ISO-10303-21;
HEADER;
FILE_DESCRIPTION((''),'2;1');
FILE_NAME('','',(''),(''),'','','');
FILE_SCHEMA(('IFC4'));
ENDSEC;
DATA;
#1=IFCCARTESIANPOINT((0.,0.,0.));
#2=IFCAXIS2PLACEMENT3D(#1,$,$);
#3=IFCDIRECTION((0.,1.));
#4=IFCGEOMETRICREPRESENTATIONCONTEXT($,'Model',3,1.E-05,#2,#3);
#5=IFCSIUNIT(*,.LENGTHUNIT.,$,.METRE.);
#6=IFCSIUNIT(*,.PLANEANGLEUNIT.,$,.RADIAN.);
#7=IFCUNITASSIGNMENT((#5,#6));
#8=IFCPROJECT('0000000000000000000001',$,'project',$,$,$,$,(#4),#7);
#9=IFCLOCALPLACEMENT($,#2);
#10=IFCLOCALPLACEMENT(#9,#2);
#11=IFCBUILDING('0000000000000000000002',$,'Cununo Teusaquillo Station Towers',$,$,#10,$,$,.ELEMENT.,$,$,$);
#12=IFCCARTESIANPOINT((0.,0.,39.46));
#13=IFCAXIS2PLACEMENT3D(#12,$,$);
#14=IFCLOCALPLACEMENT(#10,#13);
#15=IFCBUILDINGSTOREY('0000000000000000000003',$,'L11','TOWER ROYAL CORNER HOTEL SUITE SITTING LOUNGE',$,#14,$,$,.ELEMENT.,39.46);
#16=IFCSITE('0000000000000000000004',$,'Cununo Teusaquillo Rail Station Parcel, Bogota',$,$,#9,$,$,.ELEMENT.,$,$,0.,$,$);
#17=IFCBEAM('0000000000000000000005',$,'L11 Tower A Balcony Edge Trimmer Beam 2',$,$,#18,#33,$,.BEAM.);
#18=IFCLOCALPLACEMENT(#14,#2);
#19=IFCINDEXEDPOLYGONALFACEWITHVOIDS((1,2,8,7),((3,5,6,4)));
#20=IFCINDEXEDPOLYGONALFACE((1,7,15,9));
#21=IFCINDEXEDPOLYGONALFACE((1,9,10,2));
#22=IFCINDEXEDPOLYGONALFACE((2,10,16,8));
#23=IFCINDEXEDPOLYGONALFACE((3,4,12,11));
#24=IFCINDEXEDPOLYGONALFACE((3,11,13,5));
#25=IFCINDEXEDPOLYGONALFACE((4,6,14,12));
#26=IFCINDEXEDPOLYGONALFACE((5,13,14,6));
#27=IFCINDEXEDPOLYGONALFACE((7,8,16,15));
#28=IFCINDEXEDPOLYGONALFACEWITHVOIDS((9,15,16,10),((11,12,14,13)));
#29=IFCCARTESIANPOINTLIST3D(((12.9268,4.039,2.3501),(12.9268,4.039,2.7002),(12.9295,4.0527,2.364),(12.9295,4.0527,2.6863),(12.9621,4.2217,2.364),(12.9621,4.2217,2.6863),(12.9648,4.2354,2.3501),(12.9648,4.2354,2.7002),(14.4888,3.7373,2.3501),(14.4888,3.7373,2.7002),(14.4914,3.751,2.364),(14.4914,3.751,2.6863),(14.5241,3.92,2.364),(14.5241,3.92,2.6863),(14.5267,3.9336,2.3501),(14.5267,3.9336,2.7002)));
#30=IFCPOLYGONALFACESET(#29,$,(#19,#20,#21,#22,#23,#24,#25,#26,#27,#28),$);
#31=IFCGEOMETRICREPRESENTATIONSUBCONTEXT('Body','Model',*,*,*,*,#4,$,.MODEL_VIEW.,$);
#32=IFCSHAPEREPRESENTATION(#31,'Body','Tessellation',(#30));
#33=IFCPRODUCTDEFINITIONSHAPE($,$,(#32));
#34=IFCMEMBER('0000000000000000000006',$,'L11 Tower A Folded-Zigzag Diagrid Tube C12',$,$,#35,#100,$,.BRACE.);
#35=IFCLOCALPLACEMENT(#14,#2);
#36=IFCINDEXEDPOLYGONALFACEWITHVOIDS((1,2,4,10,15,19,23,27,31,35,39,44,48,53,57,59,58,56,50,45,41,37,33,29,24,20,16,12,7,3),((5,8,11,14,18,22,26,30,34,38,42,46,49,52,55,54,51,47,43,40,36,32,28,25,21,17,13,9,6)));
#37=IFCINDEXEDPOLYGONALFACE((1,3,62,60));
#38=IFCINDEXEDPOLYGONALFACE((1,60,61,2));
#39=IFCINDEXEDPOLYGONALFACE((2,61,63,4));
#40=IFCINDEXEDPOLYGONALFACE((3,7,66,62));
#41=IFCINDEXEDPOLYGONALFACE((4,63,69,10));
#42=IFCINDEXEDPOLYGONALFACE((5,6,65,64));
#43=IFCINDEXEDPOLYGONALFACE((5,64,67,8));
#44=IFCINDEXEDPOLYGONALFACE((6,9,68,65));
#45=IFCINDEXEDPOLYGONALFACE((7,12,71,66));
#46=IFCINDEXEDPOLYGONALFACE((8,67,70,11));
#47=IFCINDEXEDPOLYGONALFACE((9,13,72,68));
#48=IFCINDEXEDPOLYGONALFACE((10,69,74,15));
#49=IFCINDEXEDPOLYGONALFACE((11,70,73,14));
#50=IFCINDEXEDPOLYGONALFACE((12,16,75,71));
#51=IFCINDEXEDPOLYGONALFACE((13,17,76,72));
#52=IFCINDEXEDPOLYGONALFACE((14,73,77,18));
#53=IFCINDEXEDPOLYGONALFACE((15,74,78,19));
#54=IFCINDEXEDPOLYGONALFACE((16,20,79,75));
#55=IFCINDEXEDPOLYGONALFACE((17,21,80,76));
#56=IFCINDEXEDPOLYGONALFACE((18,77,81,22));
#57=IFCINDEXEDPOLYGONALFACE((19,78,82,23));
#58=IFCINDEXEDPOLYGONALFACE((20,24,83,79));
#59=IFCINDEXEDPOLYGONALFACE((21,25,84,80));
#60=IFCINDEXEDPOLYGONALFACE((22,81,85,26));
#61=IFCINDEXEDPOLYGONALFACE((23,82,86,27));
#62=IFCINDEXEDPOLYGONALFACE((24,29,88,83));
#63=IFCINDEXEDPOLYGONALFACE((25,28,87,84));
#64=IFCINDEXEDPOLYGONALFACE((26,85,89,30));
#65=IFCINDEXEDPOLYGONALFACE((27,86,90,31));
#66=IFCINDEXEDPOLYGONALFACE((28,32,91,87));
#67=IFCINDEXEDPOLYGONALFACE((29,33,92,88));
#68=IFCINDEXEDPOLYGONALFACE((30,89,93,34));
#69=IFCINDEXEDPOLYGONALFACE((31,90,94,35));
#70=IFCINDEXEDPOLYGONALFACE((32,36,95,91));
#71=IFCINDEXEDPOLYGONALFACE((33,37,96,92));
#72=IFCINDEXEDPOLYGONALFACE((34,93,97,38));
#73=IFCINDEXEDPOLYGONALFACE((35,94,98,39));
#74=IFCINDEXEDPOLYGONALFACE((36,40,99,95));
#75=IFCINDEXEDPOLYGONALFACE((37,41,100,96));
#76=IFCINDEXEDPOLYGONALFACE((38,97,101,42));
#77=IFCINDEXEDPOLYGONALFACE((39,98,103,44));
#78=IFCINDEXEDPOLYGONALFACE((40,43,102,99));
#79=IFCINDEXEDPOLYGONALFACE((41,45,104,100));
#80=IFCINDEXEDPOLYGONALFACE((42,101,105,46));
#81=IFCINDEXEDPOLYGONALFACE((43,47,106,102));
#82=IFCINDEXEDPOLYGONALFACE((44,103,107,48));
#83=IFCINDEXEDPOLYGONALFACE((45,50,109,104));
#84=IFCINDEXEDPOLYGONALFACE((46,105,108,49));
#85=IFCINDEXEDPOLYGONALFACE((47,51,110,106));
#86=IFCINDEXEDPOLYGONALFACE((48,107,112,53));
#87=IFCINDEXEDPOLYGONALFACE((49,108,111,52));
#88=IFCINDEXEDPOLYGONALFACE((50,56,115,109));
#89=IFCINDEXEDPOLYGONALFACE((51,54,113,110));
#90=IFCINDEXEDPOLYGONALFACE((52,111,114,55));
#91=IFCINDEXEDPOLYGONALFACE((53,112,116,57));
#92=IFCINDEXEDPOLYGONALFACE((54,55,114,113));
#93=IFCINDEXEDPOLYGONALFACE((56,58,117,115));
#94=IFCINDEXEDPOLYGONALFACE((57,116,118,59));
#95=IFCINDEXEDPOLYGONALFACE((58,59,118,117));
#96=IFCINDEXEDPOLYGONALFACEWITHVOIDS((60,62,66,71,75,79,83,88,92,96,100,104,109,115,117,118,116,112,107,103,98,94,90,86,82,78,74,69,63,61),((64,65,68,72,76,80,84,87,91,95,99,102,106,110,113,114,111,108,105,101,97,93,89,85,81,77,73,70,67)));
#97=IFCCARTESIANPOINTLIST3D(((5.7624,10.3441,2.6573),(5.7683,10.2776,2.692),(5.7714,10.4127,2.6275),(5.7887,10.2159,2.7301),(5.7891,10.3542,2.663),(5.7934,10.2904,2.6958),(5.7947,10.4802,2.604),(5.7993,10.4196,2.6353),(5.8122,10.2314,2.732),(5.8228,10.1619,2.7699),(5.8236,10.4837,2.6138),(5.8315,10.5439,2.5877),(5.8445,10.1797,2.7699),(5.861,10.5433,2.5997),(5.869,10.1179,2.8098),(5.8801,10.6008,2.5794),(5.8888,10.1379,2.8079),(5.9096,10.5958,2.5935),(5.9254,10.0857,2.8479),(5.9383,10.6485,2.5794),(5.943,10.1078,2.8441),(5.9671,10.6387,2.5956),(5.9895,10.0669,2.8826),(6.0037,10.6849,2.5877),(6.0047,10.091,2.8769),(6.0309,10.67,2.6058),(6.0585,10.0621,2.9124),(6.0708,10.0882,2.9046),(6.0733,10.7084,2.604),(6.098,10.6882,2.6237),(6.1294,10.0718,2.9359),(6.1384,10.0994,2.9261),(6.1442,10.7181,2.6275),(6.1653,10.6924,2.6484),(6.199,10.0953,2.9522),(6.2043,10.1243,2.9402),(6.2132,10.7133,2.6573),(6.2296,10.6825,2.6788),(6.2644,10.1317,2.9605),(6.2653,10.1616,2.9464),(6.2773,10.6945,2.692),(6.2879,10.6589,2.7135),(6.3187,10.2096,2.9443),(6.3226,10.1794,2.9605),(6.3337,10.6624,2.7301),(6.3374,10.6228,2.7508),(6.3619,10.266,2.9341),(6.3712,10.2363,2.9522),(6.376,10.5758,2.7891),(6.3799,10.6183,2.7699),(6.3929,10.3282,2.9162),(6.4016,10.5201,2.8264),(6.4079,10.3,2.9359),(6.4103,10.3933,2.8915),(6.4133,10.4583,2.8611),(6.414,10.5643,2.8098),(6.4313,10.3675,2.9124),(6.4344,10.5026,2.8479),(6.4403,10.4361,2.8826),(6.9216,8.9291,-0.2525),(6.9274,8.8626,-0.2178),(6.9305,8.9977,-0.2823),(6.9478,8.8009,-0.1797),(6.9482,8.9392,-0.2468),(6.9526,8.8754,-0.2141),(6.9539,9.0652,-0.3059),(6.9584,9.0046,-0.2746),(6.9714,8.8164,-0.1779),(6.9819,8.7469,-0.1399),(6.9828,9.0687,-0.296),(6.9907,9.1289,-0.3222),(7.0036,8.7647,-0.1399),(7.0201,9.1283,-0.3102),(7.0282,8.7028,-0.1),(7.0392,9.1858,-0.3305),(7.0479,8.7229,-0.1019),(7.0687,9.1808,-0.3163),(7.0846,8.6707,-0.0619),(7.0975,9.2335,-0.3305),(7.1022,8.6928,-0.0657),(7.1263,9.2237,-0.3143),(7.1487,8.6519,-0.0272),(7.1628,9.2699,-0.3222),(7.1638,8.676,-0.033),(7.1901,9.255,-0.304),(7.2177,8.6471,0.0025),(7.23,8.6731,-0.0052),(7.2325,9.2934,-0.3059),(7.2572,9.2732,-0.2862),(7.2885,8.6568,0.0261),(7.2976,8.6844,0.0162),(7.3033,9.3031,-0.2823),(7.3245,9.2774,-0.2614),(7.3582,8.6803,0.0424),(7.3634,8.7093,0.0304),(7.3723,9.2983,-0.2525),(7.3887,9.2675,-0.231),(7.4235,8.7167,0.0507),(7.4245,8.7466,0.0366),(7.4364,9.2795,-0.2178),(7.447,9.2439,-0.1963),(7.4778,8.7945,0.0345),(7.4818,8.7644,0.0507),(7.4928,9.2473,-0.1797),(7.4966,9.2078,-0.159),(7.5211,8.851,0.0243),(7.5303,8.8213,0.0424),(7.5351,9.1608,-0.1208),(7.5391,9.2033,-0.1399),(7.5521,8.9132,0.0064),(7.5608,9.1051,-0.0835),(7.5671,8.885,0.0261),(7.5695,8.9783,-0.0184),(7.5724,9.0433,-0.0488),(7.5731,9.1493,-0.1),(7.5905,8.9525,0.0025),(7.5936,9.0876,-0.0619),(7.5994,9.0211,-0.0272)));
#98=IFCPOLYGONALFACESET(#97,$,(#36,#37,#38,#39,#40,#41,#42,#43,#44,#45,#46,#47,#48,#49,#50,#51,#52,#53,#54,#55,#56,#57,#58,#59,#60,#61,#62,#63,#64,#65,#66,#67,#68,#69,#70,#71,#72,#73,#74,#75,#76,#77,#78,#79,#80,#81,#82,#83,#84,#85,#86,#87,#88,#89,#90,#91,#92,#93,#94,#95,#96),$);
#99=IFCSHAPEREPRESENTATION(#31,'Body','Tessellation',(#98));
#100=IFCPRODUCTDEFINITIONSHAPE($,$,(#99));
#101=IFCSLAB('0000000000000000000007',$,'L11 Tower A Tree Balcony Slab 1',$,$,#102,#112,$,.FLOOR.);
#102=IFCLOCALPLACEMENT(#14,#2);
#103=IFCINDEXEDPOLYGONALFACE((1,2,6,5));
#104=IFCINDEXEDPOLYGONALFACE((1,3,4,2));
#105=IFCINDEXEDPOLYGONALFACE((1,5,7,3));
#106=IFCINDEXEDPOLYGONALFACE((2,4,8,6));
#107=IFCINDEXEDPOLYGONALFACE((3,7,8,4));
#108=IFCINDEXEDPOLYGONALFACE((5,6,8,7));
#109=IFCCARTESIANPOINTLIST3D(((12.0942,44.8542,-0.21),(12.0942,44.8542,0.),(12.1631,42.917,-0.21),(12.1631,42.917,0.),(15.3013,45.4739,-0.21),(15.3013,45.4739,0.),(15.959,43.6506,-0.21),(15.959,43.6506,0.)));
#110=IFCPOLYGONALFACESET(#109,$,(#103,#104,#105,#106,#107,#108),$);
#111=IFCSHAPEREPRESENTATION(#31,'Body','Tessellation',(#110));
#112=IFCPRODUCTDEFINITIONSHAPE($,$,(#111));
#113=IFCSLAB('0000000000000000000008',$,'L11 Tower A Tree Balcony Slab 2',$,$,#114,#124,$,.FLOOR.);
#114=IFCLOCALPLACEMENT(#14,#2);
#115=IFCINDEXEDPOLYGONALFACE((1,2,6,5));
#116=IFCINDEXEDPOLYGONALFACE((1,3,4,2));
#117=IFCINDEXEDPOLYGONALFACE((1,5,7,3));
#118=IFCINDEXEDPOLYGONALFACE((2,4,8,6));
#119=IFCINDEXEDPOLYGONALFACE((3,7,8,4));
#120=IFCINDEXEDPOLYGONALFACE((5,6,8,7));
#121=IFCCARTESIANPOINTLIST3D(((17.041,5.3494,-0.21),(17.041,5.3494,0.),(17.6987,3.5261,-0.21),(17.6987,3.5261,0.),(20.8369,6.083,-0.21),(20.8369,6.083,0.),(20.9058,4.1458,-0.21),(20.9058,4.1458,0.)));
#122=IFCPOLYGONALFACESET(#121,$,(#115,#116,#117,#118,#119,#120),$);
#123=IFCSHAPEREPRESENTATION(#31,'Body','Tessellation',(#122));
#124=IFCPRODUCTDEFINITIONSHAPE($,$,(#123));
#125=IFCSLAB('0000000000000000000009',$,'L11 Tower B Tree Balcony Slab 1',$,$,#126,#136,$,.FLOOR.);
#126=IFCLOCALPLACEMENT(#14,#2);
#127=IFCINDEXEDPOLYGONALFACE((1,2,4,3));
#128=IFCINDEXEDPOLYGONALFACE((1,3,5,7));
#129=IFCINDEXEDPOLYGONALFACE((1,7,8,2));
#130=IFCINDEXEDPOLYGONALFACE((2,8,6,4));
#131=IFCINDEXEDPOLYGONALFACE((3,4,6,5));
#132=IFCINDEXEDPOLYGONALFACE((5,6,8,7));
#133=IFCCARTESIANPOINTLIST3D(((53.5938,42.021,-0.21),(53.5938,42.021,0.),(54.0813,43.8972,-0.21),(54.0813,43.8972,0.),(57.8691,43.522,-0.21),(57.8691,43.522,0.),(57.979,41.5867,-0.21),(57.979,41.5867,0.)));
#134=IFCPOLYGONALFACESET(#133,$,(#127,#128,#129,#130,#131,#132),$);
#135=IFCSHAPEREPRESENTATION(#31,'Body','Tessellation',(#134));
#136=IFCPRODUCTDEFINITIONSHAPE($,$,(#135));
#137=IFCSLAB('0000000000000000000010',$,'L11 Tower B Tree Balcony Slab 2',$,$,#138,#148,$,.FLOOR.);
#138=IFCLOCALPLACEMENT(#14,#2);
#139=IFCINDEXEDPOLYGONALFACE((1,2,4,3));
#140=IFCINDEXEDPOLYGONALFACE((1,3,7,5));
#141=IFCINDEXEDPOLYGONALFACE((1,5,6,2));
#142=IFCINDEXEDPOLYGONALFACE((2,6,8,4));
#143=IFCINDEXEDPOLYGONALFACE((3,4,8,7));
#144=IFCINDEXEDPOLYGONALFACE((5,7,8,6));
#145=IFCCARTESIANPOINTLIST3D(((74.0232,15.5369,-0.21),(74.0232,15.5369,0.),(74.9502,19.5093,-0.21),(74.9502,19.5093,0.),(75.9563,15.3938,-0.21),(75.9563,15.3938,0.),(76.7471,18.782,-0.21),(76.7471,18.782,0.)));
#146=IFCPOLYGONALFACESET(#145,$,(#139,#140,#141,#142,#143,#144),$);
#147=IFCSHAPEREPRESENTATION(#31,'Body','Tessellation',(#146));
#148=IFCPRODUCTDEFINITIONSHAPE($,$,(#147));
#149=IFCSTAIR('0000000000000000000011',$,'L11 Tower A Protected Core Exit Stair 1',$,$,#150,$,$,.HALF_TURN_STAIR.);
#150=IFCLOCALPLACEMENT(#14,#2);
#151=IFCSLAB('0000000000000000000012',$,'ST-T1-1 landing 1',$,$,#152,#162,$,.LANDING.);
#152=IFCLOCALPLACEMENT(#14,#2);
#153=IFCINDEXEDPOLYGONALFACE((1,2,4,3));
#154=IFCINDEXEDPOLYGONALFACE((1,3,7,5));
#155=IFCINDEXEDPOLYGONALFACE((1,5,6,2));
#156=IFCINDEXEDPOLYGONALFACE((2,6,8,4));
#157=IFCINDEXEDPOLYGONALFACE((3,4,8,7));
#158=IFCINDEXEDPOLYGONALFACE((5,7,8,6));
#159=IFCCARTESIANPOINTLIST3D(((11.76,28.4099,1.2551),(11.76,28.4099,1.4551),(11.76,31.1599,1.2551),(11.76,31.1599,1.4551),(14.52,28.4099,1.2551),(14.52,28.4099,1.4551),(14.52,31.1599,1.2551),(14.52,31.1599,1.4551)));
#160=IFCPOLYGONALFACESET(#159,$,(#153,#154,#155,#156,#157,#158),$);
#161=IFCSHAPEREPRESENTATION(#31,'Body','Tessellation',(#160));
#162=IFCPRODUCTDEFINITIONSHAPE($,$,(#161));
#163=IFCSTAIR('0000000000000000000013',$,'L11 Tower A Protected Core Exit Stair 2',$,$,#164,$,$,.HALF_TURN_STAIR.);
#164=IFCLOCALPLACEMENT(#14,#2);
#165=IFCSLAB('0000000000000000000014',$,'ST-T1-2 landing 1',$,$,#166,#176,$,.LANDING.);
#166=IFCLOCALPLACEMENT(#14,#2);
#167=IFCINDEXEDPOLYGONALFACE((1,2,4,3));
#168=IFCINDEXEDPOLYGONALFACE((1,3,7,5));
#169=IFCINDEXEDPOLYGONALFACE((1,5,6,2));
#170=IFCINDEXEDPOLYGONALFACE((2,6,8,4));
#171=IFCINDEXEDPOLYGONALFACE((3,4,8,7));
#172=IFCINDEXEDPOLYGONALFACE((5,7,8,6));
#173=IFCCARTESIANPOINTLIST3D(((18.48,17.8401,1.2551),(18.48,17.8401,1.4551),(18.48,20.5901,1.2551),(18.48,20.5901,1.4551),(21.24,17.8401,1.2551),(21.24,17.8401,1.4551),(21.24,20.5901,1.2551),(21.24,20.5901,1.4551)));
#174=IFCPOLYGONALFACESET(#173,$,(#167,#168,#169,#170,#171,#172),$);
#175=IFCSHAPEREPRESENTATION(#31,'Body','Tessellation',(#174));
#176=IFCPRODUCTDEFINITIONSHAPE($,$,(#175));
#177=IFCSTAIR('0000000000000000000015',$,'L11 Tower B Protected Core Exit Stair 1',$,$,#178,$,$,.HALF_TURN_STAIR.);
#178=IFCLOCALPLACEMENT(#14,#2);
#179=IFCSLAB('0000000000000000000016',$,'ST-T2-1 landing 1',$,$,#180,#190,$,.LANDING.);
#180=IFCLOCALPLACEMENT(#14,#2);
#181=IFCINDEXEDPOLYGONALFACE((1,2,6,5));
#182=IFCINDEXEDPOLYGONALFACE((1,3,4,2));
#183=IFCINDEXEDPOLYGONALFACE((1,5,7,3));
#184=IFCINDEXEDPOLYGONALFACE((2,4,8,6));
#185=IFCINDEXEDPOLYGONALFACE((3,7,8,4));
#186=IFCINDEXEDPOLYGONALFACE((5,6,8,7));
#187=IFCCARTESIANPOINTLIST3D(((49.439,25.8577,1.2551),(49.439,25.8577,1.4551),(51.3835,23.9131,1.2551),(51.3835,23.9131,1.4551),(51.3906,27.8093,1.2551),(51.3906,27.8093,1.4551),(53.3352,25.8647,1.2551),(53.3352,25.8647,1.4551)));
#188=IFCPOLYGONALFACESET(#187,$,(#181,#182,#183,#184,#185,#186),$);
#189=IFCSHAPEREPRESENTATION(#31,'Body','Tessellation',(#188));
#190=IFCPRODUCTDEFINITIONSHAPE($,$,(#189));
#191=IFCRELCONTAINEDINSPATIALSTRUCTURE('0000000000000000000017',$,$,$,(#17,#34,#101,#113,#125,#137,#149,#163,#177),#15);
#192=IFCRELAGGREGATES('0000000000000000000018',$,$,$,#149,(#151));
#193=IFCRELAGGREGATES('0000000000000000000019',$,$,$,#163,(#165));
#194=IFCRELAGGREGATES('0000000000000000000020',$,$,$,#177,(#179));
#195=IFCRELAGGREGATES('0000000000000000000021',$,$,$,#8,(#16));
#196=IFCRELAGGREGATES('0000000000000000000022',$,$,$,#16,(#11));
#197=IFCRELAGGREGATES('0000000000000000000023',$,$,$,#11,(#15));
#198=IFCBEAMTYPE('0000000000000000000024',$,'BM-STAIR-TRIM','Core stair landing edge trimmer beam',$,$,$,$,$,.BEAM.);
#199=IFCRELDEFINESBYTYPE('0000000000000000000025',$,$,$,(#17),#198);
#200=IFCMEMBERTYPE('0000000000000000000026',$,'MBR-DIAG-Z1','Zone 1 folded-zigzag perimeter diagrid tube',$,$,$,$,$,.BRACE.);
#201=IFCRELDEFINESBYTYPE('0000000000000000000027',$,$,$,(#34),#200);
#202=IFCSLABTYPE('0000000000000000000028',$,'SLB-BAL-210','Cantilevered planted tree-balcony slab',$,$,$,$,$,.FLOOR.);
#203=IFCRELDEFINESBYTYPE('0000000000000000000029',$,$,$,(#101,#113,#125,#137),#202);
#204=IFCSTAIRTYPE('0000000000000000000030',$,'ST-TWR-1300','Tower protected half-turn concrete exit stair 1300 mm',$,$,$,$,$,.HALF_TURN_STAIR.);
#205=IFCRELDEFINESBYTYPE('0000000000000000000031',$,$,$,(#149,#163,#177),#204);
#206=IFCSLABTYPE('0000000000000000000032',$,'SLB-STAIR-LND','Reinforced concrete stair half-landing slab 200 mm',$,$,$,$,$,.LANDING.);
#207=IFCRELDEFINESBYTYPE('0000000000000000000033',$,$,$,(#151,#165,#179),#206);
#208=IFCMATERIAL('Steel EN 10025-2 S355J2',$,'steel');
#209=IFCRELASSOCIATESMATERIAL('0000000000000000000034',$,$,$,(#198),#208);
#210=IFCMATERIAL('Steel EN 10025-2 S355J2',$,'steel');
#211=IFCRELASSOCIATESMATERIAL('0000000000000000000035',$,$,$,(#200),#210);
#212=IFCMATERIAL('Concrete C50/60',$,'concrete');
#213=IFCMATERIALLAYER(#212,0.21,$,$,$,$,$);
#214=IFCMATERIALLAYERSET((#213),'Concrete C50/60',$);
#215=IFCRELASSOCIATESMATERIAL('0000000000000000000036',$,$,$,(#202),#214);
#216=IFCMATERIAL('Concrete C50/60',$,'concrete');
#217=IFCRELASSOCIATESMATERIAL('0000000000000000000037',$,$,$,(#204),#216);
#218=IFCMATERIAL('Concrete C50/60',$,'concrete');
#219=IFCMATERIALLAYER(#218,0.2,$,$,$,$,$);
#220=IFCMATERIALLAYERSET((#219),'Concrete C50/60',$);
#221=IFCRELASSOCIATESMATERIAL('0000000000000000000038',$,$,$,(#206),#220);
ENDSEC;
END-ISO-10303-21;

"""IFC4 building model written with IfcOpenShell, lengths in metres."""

from ifc_helpers import new_model, si_unit, direction, frame, origin, origin_2d, place, context, subcontext, project, spatial, polyline, hollow_rectangle, hollow_circle, outline, extrude, material, layer, layer_set, material_profile, profile_set, type_object, element, aggregate, save


model = new_model("IFC4")

# Units and contexts
model_context = context("Model", 3, precision=1e-05, world=origin(), true_north=direction((0.0, 1.0)))
body_context = subcontext(model_context, "Body", "Model", "MODEL_VIEW")
ifc_project = project(units=[si_unit("LENGTHUNIT", "METRE"), si_unit("PLANEANGLEUNIT", "RADIAN")], contexts=[model_context])

# Site, building, storey
site_placement = place(None, origin())
site = spatial("IfcSite", under=ifc_project, at=site_placement, Name="Cununo Teusaquillo Rail Station Parcel, Bogota", CompositionType="ELEMENT", RefElevation=0.0)
building_placement = place(site_placement, origin())
building = spatial("IfcBuilding", under=site, at=building_placement, Name="Cununo Teusaquillo Station Towers", CompositionType="ELEMENT")
storey_placement = place(building_placement, frame((0.0, 0.0, 39.46)))
storey = spatial("IfcBuildingStorey", under=building, at=storey_placement, Name="L11", Description="TOWER ROYAL CORNER HOTEL SUITE SITTING LOUNGE", CompositionType="ELEMENT", Elevation=39.46)

# Beam
ifc_material_1 = material(Name="Steel EN 10025-2 S355J2", Category="steel")
ifc_material_profile_1 = material_profile(ifc_material_1, hollow_rectangle(XDim=0.2, YDim=0.3501, WallThickness=0.0139, at=origin_2d()), Name="RHS 350x200x14")
ifc_profile_set_1 = profile_set([ifc_material_profile_1], Name="Steel EN 10025-2 S355J2")
beam_type_1 = type_object("IfcBeamType", Name="BM-STAIR-TRIM", Description="Core stair landing edge trimmer beam", PredefinedType="BEAM", material=ifc_profile_set_1)
beam_1_placement = place(storey_placement, frame((12.9458, 4.1372, 2.5251), z_axis=(0.981846, -0.189678, 0.0), x_axis=(0.189678, 0.981846, 0.0)))
element("IfcBeam", 1, at=beam_1_placement, inside=storey, type_object=beam_type_1, Name="L11 Tower A Balcony Edge Trimmer Beam 2", PredefinedType="BEAM", context=body_context, shape_type="SweptSolid", body=[
    extrude(hollow_rectangle(XDim=0.2, YDim=0.3501, WallThickness=0.0139, at=origin_2d()), origin(), (0.0, 0.0, 1.0), 1.5908),
])

# Member
ifc_material_2 = material(Name="Steel EN 10025-2 S355J2", Category="steel")
ifc_material_profile_2 = material_profile(ifc_material_2, hollow_circle(Radius=0.3601, WallThickness=0.0281, at=origin_2d()), Name="CHS 720x28")
ifc_profile_set_2 = profile_set([ifc_material_profile_2], Name="Steel EN 10025-2 S355J2")
member_type = type_object("IfcMemberType", Name="MBR-DIAG-Z1", Description="Zone 1 folded-zigzag perimeter diagrid tube", PredefinedType="BRACE", material=ifc_profile_set_2)
member_placement = place(storey_placement, frame((7.2605, 8.9751, -0.1399), z_axis=(-0.337256, 0.411696, 0.84662), x_axis=(-0.773577, -0.633703, 0.0)))
element("IfcMember", 2, at=member_placement, inside=storey, type_object=member_type, Name="L11 Tower A Folded-Zigzag Diagrid Tube C12", PredefinedType="BRACE", context=body_context, shape_type="SweptSolid", body=[
    extrude(hollow_circle(Radius=0.3601, WallThickness=0.0281, at=origin_2d()), origin(), (0.0, 0.0, 1.0), 3.437),
])

# Slabs
ifc_material_3 = material(Name="Concrete C50/60", Category="concrete")
ifc_layer_1 = layer(ifc_material_3, 0.21)
ifc_layer_set_1 = layer_set([ifc_layer_1], Name="Concrete C50/60")
slab_type_1 = type_object("IfcSlabType", Name="SLB-BAL-210", Description="Cantilevered planted tree-balcony slab", PredefinedType="FLOOR", material=ifc_layer_set_1)
slab_1_placement = place(storey_placement, frame((0.0, 0.0, -0.21)))
element("IfcSlab", 3, at=slab_1_placement, inside=storey, type_object=slab_type_1, Name="L11 Tower A Tree Balcony Slab 1", PredefinedType="FLOOR", context=body_context, shape_type="SweptSolid", body=[
    extrude(outline(polyline([(15.959, 43.6506), (12.1631, 42.917), (12.0942, 44.8542), (15.3013, 45.4739), (15.959, 43.6506)])), origin(), (0.0, 0.0, 1.0), 0.21),
])
slab_2_placement = place(storey_placement, frame((0.0, 0.0, -0.21)))
element("IfcSlab", 4, at=slab_2_placement, inside=storey, type_object=slab_type_1, Name="L11 Tower A Tree Balcony Slab 2", PredefinedType="FLOOR", context=body_context, shape_type="SweptSolid", body=[
    extrude(outline(polyline([(17.041, 5.3494), (20.8369, 6.083), (20.9058, 4.1458), (17.6987, 3.5261), (17.041, 5.3494)])), origin(), (0.0, 0.0, 1.0), 0.21),
])
slab_3_placement = place(storey_placement, frame((0.0, 0.0, -0.21)))
element("IfcSlab", 5, at=slab_3_placement, inside=storey, type_object=slab_type_1, Name="L11 Tower B Tree Balcony Slab 1", PredefinedType="FLOOR", context=body_context, shape_type="SweptSolid", body=[
    extrude(outline(polyline([(57.979, 41.5867), (53.5938, 42.021), (54.0813, 43.8972), (57.8691, 43.522), (57.979, 41.5867)])), origin(), (0.0, 0.0, 1.0), 0.21),
])
slab_4_placement = place(storey_placement, frame((0.0, 0.0, -0.21)))
element("IfcSlab", 6, at=slab_4_placement, inside=storey, type_object=slab_type_1, Name="L11 Tower B Tree Balcony Slab 2", PredefinedType="FLOOR", context=body_context, shape_type="SweptSolid", body=[
    extrude(outline(polyline([(74.0232, 15.5369), (74.9502, 19.5093), (76.7471, 18.782), (75.9563, 15.3938), (74.0232, 15.5369)])), origin(), (0.0, 0.0, 1.0), 0.21),
])

# Stairs, slabs
ifc_material_4 = material(Name="Concrete C50/60", Category="concrete")
stair_type = type_object("IfcStairType", Name="ST-TWR-1300", Description="Tower protected half-turn concrete exit stair 1300 mm", PredefinedType="HALF_TURN_STAIR", material=ifc_material_4)
stair_1_placement = place(storey_placement, origin())
stair_1 = element("IfcStair", 7, at=stair_1_placement, inside=storey, type_object=stair_type, Name="L11 Tower A Protected Core Exit Stair 1", PredefinedType="HALF_TURN_STAIR")
ifc_material_5 = material(Name="Concrete C50/60", Category="concrete")
ifc_layer_2 = layer(ifc_material_5, 0.2)
ifc_layer_set_2 = layer_set([ifc_layer_2], Name="Concrete C50/60")
slab_type_2 = type_object("IfcSlabType", Name="SLB-STAIR-LND", Description="Reinforced concrete stair half-landing slab 200 mm", PredefinedType="LANDING", material=ifc_layer_set_2)
slab_5_placement = place(storey_placement, frame((0.0, 0.0, 1.2551)))
slab_5 = element("IfcSlab", 8, at=slab_5_placement, type_object=slab_type_2, Name="ST-T1-1 landing 1", PredefinedType="LANDING", context=body_context, shape_type="SweptSolid", body=[
    extrude(outline(polyline([(14.52, 28.4099), (14.52, 31.1599), (11.76, 31.1599), (11.76, 28.4099), (14.52, 28.4099)])), origin(), (0.0, 0.0, 1.0), 0.2),
])
aggregate(stair_1, [slab_5])
stair_2_placement = place(storey_placement, origin())
stair_2 = element("IfcStair", 9, at=stair_2_placement, inside=storey, type_object=stair_type, Name="L11 Tower A Protected Core Exit Stair 2", PredefinedType="HALF_TURN_STAIR")
slab_6_placement = place(storey_placement, frame((0.0, 0.0, 1.2551)))
slab_6 = element("IfcSlab", 10, at=slab_6_placement, type_object=slab_type_2, Name="ST-T1-2 landing 1", PredefinedType="LANDING", context=body_context, shape_type="SweptSolid", body=[
    extrude(outline(polyline([(18.48, 20.5901), (18.48, 17.8401), (21.24, 17.8401), (21.24, 20.5901), (18.48, 20.5901)])), origin(), (0.0, 0.0, 1.0), 0.2),
])
aggregate(stair_2, [slab_6])
stair_3_placement = place(storey_placement, origin())
stair_3 = element("IfcStair", 11, at=stair_3_placement, inside=storey, type_object=stair_type, Name="L11 Tower B Protected Core Exit Stair 1", PredefinedType="HALF_TURN_STAIR")
slab_7_placement = place(storey_placement, frame((0.0, 0.0, 1.2551)))
slab_7 = element("IfcSlab", 12, at=slab_7_placement, type_object=slab_type_2, Name="ST-T2-1 landing 1", PredefinedType="LANDING", context=body_context, shape_type="SweptSolid", body=[
    extrude(outline(polyline([(53.3352, 25.8647), (51.3906, 27.8093), (49.439, 25.8577), (51.3835, 23.9131), (53.3352, 25.8647)])), origin(), (0.0, 0.0, 1.0), 0.2),
])
aggregate(stair_3, [slab_7])

save(model, "model.ifc")
